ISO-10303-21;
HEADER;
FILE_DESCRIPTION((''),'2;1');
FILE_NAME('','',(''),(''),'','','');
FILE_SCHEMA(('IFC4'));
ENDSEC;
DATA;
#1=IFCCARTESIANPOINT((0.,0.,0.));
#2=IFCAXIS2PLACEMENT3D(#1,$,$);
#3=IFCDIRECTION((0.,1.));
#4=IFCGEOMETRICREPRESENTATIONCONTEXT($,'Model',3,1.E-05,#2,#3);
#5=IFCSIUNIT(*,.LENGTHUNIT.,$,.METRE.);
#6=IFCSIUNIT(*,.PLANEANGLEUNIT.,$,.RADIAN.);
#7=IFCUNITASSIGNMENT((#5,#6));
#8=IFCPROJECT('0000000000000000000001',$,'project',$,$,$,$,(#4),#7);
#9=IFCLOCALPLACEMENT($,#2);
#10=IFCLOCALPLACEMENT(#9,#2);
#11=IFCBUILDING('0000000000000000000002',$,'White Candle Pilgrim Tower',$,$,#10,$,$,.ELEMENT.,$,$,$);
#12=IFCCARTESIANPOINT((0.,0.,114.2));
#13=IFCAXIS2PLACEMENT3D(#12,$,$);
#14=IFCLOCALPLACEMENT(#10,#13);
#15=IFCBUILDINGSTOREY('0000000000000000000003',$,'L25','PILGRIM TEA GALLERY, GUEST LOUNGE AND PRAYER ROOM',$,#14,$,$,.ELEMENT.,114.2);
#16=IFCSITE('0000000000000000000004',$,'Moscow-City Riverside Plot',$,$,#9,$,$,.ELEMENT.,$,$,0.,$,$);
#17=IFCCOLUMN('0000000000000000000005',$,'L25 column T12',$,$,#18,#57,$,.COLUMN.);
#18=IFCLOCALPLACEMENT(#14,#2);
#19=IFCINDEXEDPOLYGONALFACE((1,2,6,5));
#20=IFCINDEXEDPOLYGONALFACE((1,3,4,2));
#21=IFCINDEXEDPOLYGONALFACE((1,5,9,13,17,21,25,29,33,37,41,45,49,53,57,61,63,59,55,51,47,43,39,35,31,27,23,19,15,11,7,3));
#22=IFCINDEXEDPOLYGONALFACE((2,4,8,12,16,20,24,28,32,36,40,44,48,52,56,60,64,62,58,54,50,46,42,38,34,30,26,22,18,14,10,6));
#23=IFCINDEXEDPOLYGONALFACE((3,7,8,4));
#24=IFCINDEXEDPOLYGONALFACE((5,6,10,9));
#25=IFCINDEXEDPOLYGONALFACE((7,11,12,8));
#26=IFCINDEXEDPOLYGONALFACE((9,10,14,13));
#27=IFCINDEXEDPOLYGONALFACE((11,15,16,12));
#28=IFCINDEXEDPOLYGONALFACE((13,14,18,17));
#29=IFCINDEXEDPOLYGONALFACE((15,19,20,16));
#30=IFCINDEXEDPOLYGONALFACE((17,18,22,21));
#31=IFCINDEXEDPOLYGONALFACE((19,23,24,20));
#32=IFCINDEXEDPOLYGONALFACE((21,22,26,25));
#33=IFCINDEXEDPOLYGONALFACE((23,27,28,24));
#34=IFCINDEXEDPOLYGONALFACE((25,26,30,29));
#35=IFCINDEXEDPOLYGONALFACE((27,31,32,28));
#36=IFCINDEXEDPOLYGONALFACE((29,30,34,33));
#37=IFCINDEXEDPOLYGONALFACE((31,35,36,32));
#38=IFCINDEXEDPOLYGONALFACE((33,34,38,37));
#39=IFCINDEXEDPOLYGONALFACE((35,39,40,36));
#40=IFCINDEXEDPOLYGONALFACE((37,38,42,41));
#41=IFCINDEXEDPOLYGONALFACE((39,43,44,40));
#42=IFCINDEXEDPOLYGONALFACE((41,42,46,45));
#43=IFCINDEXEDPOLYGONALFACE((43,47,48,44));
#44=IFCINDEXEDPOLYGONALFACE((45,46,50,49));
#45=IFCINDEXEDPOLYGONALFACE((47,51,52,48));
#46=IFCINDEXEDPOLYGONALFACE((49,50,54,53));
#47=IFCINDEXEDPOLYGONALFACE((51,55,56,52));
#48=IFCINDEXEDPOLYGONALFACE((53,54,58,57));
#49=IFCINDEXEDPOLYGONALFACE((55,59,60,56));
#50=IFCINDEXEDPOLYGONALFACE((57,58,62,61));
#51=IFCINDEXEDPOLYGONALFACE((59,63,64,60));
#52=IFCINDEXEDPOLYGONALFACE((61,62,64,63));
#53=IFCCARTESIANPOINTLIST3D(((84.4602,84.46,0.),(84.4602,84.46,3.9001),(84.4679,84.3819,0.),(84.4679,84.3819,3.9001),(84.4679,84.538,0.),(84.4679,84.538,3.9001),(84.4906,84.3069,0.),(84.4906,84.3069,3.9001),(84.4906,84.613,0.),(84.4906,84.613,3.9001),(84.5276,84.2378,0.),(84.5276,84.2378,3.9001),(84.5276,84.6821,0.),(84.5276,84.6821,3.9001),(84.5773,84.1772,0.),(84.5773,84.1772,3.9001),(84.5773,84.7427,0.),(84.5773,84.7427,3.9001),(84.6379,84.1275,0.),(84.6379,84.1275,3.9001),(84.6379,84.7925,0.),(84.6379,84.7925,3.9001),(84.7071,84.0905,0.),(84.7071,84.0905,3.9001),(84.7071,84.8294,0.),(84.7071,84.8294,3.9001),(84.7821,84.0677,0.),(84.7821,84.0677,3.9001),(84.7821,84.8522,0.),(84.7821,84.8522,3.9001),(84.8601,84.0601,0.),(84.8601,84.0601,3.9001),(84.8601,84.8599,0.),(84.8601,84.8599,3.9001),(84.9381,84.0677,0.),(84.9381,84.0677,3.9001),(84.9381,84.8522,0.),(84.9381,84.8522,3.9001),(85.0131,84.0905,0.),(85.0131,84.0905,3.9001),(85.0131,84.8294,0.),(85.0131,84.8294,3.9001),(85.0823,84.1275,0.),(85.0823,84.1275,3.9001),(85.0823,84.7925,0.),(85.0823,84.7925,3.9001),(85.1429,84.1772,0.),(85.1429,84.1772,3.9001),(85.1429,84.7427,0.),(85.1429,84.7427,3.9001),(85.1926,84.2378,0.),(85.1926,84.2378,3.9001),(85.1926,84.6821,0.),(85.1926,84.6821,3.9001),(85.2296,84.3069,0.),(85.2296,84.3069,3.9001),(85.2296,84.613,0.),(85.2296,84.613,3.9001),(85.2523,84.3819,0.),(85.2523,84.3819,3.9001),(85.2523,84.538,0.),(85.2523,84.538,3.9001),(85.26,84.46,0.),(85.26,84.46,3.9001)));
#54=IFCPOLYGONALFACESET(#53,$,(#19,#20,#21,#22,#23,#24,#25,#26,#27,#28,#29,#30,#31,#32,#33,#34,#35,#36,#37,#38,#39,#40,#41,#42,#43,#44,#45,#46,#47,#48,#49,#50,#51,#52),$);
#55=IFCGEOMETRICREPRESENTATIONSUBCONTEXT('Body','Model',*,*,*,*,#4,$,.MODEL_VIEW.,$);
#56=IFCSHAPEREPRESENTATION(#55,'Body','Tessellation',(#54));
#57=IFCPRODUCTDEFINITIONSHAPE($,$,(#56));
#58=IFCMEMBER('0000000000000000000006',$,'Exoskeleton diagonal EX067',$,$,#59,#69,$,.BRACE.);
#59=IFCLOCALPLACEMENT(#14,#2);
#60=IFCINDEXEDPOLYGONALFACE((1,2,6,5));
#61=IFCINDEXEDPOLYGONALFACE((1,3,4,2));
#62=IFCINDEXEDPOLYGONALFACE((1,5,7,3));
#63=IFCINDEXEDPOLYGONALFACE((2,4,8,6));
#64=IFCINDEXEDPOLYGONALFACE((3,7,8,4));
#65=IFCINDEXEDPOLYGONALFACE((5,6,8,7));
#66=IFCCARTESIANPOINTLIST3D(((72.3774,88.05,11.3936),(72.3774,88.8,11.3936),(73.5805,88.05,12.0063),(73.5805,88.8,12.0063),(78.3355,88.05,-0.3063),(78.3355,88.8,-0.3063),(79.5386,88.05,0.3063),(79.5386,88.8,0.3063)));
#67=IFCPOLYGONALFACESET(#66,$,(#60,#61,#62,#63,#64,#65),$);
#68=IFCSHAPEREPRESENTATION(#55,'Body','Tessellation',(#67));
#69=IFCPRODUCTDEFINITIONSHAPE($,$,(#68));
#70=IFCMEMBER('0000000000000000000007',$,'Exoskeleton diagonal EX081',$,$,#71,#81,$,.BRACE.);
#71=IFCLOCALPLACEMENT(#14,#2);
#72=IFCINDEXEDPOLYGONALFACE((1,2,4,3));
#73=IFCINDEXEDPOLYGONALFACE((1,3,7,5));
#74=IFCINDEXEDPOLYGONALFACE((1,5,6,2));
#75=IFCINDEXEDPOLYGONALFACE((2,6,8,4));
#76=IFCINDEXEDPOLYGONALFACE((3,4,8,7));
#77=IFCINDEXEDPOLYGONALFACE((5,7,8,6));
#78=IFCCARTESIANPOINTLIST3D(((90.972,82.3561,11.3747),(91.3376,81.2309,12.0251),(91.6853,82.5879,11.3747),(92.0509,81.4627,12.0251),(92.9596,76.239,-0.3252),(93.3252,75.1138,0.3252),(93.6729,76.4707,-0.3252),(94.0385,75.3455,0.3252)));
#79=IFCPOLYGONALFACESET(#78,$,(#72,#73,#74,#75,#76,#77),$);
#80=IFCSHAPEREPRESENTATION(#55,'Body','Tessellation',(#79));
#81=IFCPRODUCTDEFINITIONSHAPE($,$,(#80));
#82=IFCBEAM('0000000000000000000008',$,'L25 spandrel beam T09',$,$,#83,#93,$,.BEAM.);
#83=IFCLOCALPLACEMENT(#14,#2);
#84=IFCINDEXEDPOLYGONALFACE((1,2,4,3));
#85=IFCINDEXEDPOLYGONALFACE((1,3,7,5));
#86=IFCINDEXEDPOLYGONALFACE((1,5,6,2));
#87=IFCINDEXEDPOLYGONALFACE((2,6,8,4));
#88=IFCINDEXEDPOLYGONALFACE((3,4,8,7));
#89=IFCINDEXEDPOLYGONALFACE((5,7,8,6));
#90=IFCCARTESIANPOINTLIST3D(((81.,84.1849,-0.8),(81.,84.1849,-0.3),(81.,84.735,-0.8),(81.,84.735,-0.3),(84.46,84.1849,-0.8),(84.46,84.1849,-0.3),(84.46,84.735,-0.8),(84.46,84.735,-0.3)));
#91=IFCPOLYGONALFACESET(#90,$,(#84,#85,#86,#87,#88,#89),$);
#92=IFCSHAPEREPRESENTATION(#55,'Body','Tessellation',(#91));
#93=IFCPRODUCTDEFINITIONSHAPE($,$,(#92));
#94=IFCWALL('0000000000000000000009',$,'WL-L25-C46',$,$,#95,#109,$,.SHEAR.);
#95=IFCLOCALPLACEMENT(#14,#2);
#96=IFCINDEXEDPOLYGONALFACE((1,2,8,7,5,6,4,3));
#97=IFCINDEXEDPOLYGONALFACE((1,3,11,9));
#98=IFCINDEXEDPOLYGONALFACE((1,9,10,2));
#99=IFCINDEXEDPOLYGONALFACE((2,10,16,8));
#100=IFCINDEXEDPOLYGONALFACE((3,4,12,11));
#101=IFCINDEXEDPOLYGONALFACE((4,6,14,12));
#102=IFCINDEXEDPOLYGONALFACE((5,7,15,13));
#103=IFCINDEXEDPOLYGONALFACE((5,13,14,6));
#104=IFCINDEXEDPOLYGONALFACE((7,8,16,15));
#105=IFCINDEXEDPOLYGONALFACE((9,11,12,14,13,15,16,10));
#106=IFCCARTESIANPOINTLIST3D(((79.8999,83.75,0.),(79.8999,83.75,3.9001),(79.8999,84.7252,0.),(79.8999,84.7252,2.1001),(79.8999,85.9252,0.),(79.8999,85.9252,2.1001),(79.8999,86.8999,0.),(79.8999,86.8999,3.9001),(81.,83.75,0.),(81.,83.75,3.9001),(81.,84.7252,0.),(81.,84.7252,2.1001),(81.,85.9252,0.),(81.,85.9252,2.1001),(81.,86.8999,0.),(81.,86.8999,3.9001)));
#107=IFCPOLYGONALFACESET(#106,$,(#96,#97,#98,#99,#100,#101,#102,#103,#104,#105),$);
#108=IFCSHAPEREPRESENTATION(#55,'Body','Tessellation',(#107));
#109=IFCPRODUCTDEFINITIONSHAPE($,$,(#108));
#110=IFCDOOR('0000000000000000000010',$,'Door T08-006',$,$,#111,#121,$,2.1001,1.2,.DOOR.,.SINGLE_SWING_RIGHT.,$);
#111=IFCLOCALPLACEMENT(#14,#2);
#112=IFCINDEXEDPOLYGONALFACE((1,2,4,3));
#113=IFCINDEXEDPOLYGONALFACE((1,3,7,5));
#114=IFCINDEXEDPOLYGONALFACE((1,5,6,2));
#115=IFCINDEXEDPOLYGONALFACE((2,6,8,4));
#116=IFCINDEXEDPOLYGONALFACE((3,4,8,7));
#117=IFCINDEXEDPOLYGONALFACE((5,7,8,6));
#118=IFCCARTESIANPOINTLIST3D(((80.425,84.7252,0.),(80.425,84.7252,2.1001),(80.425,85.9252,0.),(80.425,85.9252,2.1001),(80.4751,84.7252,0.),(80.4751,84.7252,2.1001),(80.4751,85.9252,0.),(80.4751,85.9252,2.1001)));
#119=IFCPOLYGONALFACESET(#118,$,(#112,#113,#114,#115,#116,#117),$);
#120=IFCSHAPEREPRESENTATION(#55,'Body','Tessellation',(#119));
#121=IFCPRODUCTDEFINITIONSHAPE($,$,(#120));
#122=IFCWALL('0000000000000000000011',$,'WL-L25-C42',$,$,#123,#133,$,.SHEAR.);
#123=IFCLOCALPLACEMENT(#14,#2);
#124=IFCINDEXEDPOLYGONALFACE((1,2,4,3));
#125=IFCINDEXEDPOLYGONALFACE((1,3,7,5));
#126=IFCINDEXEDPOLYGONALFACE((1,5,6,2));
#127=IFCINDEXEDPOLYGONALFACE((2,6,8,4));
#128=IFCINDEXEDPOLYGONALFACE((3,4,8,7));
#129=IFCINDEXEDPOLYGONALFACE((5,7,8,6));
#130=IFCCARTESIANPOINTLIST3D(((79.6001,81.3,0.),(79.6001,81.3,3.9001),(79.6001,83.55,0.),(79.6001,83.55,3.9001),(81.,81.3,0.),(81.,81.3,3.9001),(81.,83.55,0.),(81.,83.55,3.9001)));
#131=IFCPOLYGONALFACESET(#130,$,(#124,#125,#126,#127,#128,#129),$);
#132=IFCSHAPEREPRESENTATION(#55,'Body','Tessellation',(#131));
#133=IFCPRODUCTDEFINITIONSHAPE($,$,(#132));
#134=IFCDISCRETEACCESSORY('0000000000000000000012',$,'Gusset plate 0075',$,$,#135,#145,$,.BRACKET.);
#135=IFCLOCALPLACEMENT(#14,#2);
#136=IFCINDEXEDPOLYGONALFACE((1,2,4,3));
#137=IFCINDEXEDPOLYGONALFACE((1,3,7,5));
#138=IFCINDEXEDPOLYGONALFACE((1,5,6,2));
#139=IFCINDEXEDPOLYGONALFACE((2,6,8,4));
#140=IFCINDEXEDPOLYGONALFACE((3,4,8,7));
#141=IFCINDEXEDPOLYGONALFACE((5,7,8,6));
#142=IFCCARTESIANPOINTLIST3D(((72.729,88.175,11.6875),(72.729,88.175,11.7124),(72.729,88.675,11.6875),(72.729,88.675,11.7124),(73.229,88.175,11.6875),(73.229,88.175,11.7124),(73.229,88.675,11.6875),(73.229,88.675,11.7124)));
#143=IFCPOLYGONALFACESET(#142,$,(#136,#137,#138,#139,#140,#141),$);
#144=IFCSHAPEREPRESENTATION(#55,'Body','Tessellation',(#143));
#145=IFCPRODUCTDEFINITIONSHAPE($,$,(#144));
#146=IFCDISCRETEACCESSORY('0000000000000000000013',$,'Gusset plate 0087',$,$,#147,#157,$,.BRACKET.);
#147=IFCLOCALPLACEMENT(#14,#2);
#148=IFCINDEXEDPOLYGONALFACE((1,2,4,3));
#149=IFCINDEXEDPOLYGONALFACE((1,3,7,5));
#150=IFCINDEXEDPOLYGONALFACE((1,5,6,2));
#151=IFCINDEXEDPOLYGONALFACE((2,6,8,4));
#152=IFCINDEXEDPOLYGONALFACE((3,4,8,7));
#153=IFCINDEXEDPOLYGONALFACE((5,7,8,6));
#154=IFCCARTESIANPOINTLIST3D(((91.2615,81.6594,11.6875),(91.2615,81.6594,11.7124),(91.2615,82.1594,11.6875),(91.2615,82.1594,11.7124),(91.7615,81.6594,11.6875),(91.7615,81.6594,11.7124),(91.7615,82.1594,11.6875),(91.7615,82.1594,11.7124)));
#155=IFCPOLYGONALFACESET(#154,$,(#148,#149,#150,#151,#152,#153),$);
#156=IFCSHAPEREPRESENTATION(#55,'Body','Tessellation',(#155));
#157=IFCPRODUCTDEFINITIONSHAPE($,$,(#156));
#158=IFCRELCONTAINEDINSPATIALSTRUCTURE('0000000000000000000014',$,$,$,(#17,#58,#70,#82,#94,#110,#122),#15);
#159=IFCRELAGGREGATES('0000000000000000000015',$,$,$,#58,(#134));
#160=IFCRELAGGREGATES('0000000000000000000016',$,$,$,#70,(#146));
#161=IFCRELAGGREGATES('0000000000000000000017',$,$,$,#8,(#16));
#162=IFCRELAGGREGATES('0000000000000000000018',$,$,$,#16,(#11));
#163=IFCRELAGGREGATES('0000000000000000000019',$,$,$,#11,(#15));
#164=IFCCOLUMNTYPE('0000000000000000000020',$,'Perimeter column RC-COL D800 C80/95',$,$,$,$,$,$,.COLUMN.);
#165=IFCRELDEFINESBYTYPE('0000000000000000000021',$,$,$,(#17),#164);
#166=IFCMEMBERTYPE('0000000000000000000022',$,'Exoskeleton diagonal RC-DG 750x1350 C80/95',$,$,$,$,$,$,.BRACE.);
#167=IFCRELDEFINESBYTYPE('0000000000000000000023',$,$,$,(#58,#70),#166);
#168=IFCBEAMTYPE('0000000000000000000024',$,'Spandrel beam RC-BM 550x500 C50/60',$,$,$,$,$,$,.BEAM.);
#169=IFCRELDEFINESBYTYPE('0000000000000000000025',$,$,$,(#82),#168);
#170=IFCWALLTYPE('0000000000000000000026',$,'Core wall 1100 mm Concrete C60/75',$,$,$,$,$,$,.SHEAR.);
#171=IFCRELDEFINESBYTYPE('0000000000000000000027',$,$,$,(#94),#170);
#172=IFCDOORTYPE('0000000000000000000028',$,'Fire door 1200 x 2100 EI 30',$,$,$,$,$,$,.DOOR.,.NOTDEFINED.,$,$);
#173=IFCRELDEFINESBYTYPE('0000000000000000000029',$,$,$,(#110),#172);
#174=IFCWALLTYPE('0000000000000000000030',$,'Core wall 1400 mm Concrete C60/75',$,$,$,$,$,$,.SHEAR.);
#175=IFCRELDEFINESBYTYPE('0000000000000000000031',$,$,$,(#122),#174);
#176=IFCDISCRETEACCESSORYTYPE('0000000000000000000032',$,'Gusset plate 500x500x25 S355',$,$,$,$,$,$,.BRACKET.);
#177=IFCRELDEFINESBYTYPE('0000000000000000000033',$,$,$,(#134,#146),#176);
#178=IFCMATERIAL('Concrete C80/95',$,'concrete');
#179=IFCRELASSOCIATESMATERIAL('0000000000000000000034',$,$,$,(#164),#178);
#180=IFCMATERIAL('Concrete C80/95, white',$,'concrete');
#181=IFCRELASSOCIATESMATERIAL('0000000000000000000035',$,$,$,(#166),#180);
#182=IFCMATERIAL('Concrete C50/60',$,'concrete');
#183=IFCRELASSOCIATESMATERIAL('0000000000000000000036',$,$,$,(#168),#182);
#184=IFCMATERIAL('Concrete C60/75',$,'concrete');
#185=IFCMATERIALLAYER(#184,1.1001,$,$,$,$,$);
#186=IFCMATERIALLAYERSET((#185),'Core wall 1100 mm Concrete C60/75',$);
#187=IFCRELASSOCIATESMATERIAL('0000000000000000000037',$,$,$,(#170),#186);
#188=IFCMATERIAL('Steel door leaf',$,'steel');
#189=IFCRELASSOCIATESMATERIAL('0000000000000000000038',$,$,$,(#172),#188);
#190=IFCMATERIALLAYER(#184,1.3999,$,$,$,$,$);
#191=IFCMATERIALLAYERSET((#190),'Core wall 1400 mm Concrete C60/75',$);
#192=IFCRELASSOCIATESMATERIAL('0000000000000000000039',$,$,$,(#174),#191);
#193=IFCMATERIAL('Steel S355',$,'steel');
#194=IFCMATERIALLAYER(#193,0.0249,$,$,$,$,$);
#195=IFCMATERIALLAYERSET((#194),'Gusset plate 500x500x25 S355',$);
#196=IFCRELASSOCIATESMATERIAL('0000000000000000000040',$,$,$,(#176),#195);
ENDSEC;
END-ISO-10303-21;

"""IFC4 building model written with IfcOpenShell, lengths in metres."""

from ifc_helpers import new_model, si_unit, direction, frame, frame_2d, origin, origin_2d, place, context, subcontext, project, spatial, rectangle, circle, extrude, material, layer, layer_set, material_profile, profile_set, type_object, element, fill, aggregate, save


model = new_model("IFC4")

# Units and contexts
model_context = context("Model", 3, precision=1e-05, world=origin(), true_north=direction((0.0, 1.0)))
body_context = subcontext(model_context, "Body", "Model", "MODEL_VIEW")
ifc_project = project(units=[si_unit("LENGTHUNIT", "METRE"), si_unit("PLANEANGLEUNIT", "RADIAN")], contexts=[model_context])

# Site, building, storey
site_placement = place(None, origin())
site = spatial("IfcSite", under=ifc_project, at=site_placement, Name="Moscow-City Riverside Plot", CompositionType="ELEMENT", RefElevation=0.0)
building_placement = place(site_placement, origin())
building = spatial("IfcBuilding", under=site, at=building_placement, Name="White Candle Pilgrim Tower", CompositionType="ELEMENT")
storey_placement = place(building_placement, frame((0.0, 0.0, 114.2)))
storey = spatial("IfcBuildingStorey", under=building, at=storey_placement, Name="L25", Description="PILGRIM TEA GALLERY, GUEST LOUNGE AND PRAYER ROOM", CompositionType="ELEMENT", Elevation=114.2)

# Column
ifc_material_1 = material(Name="Concrete C80/95", Category="concrete")
ifc_material_profile_1 = material_profile(ifc_material_1, circle(Radius=0.3999, at=origin_2d()), Name="RC-COL D800")
ifc_profile_set_1 = profile_set([ifc_material_profile_1], Name="Concrete C80/95")
column_type = type_object("IfcColumnType", Name="Perimeter column RC-COL D800 C80/95", PredefinedType="COLUMN", material=ifc_profile_set_1)
column_placement = place(storey_placement, frame((84.8601, 84.46, 0.0), z_axis=(0.0, 0.0, 1.0), x_axis=(1.0, 0.0, 0.0)))
element("IfcColumn", 1, at=column_placement, inside=storey, type_object=column_type, Name="L25 column T12", PredefinedType="COLUMN", context=body_context, shape_type="SweptSolid", body=[
    extrude(circle(Radius=0.3999, at=origin_2d()), origin(), (0.0, 0.0, 1.0), 3.9001),
])

# Members
ifc_material_2 = material(Name="Concrete C80/95, white", Category="concrete")
ifc_material_profile_2 = material_profile(ifc_material_2, rectangle(XDim=0.75, YDim=1.3501, at=origin_2d()), Name="RC-DG 750x1350")
ifc_profile_set_2 = profile_set([ifc_material_profile_2], Name="Concrete C80/95, white")
member_type = type_object("IfcMemberType", Name="Exoskeleton diagonal RC-DG 750x1350 C80/95", PredefinedType="BRACE", material=ifc_profile_set_2)
member_1_placement = place(storey_placement, frame((78.937, 88.425, 0.0), z_axis=(-0.453784, 0.0, 0.891112), x_axis=(0.0, -1.0, 0.0)))
member_1 = element("IfcMember", 2, at=member_1_placement, inside=storey, type_object=member_type, Name="Exoskeleton diagonal EX067", PredefinedType="BRACE", context=body_context, shape_type="SweptSolid", body=[
    extrude(rectangle(XDim=0.75, YDim=1.3501, at=origin_2d()), origin(), (0.0, 0.0, 1.0), 13.1296),
])
member_2_placement = place(storey_placement, frame((93.499, 75.7922, 0.0), z_axis=(-0.148865, 0.458169, 0.876311), x_axis=(-0.951059, -0.309011, 0.0)))
member_2 = element("IfcMember", 3, at=member_2_placement, inside=storey, type_object=member_type, Name="Exoskeleton diagonal EX081", PredefinedType="BRACE", context=body_context, shape_type="SweptSolid", body=[
    extrude(rectangle(XDim=0.75, YDim=1.3501, at=origin_2d()), origin(), (0.0, 0.0, 1.0), 13.3513),
])

# Beam
ifc_material_3 = material(Name="Concrete C50/60", Category="concrete")
ifc_material_profile_3 = material_profile(ifc_material_3, rectangle(XDim=0.55, YDim=0.5, at=origin_2d()), Name="RC-BM 550x500")
ifc_profile_set_3 = profile_set([ifc_material_profile_3], Name="Concrete C50/60")
beam_type = type_object("IfcBeamType", Name="Spandrel beam RC-BM 550x500 C50/60", PredefinedType="BEAM", material=ifc_profile_set_3)
beam_placement = place(storey_placement, frame((84.46, 84.46, -0.55), z_axis=(-1.0, 0.0, 0.0), x_axis=(0.0, -1.0, 0.0)))
element("IfcBeam", 4, at=beam_placement, inside=storey, type_object=beam_type, Name="L25 spandrel beam T09", PredefinedType="BEAM", context=body_context, shape_type="SweptSolid", body=[
    extrude(rectangle(XDim=0.55, YDim=0.5, at=origin_2d()), origin(), (0.0, 0.0, 1.0), 3.46),
])

# Wall, opening, door
ifc_material_4 = material(Name="Concrete C60/75", Category="concrete")
ifc_layer_1 = layer(ifc_material_4, 1.1001)
ifc_layer_set_1 = layer_set([ifc_layer_1], Name="Core wall 1100 mm Concrete C60/75")
wall_type_1 = type_object("IfcWallType", Name="Core wall 1100 mm Concrete C60/75", PredefinedType="SHEAR", material=ifc_layer_set_1)
wall_1_placement = place(storey_placement, frame((80.45, 83.75, 0.0), z_axis=(0.0, 0.0, 1.0), x_axis=(0.0, 1.0, 0.0)))
wall_1 = element("IfcWall", 5, at=wall_1_placement, inside=storey, type_object=wall_type_1, Name="WL-L25-C46", PredefinedType="SHEAR", context=body_context, shape_type="SweptSolid", body=[
    extrude(rectangle(XDim=3.1499, YDim=1.1001, at=frame_2d((1.575, 0.0))), origin(), (0.0, 0.0, 1.0), 3.9001),
])
opening_1_placement = place(wall_1_placement, frame((0.9751, 0.0, 0.0)))
opening_1 = element("IfcOpeningElement", 6, at=opening_1_placement, cuts=wall_1, PredefinedType="OPENING", context=body_context, shape_type="SweptSolid", body=[
    extrude(rectangle(XDim=1.2, YDim=2.1001, at=frame_2d((0.6001, 1.05))), frame((0.0, 0.5601, 0.0), z_axis=(0.0, -1.0, 0.0), x_axis=(1.0, 0.0, 0.0)), (0.0, 0.0, 1.0), 1.1201),
])
ifc_material_5 = material(Name="Steel door leaf", Category="steel")
door_type_1 = type_object("IfcDoorType", Name="Fire door 1200 x 2100 EI 30", OperationType="NOTDEFINED", PredefinedType="DOOR", material=ifc_material_5)
door_1_placement = place(opening_1_placement, origin())
door_1 = element("IfcDoor", 7, at=door_1_placement, inside=storey, type_object=door_type_1, Name="Door T08-006", OperationType="SINGLE_SWING_RIGHT", OverallHeight=2.1001, OverallWidth=1.2, PredefinedType="DOOR", context=body_context, shape_type="SweptSolid", body=[
    extrude(rectangle(XDim=1.2, YDim=2.1001, at=frame_2d((0.6001, 1.05))), frame((0.0, 0.0249, 0.0), z_axis=(0.0, -1.0, 0.0), x_axis=(1.0, 0.0, 0.0)), (0.0, 0.0, 1.0), 0.05),
])
fill(opening_1, door_1)

# Wall
ifc_layer_2 = layer(ifc_material_4, 1.3999)
ifc_layer_set_2 = layer_set([ifc_layer_2], Name="Core wall 1400 mm Concrete C60/75")
wall_type_2 = type_object("IfcWallType", Name="Core wall 1400 mm Concrete C60/75", PredefinedType="SHEAR", material=ifc_layer_set_2)
wall_2_placement = place(storey_placement, frame((80.3, 81.3, 0.0), z_axis=(0.0, 0.0, 1.0), x_axis=(0.0, 1.0, 0.0)))
element("IfcWall", 8, at=wall_2_placement, inside=storey, type_object=wall_type_2, Name="WL-L25-C42", PredefinedType="SHEAR", context=body_context, shape_type="SweptSolid", body=[
    extrude(rectangle(XDim=2.25, YDim=1.3999, at=frame_2d((1.125, 0.0))), origin(), (0.0, 0.0, 1.0), 3.9001),
])

# Discrete accessories
ifc_material_6 = material(Name="Steel S355", Category="steel")
ifc_layer_3 = layer(ifc_material_6, 0.0249)
ifc_layer_set_3 = layer_set([ifc_layer_3], Name="Gusset plate 500x500x25 S355")
discrete_accessory_type = type_object("IfcDiscreteAccessoryType", Name="Gusset plate 500x500x25 S355", PredefinedType="BRACKET", material=ifc_layer_set_3)
placement = place(building_placement, frame((0.0, 0.0, 125.8999)))
discrete_accessory_1_placement = place(placement, frame((72.979, 88.425, -0.0125), z_axis=(0.0, 0.0, 1.0), x_axis=(1.0, 0.0, 0.0)))
discrete_accessory_1 = element("IfcDiscreteAccessory", 9, at=discrete_accessory_1_placement, type_object=discrete_accessory_type, Name="Gusset plate 0075", PredefinedType="BRACKET", context=body_context, shape_type="SweptSolid", body=[
    extrude(rectangle(XDim=0.5, YDim=0.5, at=origin_2d()), origin(), (0.0, 0.0, 1.0), 0.0249),
])
aggregate(member_1, [discrete_accessory_1])
discrete_accessory_2_placement = place(placement, frame((91.5115, 81.9094, -0.0125), z_axis=(0.0, 0.0, 1.0), x_axis=(1.0, 0.0, 0.0)))
discrete_accessory_2 = element("IfcDiscreteAccessory", 10, at=discrete_accessory_2_placement, type_object=discrete_accessory_type, Name="Gusset plate 0087", PredefinedType="BRACKET", context=body_context, shape_type="SweptSolid", body=[
    extrude(rectangle(XDim=0.5, YDim=0.5, at=origin_2d()), origin(), (0.0, 0.0, 1.0), 0.0249),
])
aggregate(member_2, [discrete_accessory_2])

save(model, "model.ifc")
